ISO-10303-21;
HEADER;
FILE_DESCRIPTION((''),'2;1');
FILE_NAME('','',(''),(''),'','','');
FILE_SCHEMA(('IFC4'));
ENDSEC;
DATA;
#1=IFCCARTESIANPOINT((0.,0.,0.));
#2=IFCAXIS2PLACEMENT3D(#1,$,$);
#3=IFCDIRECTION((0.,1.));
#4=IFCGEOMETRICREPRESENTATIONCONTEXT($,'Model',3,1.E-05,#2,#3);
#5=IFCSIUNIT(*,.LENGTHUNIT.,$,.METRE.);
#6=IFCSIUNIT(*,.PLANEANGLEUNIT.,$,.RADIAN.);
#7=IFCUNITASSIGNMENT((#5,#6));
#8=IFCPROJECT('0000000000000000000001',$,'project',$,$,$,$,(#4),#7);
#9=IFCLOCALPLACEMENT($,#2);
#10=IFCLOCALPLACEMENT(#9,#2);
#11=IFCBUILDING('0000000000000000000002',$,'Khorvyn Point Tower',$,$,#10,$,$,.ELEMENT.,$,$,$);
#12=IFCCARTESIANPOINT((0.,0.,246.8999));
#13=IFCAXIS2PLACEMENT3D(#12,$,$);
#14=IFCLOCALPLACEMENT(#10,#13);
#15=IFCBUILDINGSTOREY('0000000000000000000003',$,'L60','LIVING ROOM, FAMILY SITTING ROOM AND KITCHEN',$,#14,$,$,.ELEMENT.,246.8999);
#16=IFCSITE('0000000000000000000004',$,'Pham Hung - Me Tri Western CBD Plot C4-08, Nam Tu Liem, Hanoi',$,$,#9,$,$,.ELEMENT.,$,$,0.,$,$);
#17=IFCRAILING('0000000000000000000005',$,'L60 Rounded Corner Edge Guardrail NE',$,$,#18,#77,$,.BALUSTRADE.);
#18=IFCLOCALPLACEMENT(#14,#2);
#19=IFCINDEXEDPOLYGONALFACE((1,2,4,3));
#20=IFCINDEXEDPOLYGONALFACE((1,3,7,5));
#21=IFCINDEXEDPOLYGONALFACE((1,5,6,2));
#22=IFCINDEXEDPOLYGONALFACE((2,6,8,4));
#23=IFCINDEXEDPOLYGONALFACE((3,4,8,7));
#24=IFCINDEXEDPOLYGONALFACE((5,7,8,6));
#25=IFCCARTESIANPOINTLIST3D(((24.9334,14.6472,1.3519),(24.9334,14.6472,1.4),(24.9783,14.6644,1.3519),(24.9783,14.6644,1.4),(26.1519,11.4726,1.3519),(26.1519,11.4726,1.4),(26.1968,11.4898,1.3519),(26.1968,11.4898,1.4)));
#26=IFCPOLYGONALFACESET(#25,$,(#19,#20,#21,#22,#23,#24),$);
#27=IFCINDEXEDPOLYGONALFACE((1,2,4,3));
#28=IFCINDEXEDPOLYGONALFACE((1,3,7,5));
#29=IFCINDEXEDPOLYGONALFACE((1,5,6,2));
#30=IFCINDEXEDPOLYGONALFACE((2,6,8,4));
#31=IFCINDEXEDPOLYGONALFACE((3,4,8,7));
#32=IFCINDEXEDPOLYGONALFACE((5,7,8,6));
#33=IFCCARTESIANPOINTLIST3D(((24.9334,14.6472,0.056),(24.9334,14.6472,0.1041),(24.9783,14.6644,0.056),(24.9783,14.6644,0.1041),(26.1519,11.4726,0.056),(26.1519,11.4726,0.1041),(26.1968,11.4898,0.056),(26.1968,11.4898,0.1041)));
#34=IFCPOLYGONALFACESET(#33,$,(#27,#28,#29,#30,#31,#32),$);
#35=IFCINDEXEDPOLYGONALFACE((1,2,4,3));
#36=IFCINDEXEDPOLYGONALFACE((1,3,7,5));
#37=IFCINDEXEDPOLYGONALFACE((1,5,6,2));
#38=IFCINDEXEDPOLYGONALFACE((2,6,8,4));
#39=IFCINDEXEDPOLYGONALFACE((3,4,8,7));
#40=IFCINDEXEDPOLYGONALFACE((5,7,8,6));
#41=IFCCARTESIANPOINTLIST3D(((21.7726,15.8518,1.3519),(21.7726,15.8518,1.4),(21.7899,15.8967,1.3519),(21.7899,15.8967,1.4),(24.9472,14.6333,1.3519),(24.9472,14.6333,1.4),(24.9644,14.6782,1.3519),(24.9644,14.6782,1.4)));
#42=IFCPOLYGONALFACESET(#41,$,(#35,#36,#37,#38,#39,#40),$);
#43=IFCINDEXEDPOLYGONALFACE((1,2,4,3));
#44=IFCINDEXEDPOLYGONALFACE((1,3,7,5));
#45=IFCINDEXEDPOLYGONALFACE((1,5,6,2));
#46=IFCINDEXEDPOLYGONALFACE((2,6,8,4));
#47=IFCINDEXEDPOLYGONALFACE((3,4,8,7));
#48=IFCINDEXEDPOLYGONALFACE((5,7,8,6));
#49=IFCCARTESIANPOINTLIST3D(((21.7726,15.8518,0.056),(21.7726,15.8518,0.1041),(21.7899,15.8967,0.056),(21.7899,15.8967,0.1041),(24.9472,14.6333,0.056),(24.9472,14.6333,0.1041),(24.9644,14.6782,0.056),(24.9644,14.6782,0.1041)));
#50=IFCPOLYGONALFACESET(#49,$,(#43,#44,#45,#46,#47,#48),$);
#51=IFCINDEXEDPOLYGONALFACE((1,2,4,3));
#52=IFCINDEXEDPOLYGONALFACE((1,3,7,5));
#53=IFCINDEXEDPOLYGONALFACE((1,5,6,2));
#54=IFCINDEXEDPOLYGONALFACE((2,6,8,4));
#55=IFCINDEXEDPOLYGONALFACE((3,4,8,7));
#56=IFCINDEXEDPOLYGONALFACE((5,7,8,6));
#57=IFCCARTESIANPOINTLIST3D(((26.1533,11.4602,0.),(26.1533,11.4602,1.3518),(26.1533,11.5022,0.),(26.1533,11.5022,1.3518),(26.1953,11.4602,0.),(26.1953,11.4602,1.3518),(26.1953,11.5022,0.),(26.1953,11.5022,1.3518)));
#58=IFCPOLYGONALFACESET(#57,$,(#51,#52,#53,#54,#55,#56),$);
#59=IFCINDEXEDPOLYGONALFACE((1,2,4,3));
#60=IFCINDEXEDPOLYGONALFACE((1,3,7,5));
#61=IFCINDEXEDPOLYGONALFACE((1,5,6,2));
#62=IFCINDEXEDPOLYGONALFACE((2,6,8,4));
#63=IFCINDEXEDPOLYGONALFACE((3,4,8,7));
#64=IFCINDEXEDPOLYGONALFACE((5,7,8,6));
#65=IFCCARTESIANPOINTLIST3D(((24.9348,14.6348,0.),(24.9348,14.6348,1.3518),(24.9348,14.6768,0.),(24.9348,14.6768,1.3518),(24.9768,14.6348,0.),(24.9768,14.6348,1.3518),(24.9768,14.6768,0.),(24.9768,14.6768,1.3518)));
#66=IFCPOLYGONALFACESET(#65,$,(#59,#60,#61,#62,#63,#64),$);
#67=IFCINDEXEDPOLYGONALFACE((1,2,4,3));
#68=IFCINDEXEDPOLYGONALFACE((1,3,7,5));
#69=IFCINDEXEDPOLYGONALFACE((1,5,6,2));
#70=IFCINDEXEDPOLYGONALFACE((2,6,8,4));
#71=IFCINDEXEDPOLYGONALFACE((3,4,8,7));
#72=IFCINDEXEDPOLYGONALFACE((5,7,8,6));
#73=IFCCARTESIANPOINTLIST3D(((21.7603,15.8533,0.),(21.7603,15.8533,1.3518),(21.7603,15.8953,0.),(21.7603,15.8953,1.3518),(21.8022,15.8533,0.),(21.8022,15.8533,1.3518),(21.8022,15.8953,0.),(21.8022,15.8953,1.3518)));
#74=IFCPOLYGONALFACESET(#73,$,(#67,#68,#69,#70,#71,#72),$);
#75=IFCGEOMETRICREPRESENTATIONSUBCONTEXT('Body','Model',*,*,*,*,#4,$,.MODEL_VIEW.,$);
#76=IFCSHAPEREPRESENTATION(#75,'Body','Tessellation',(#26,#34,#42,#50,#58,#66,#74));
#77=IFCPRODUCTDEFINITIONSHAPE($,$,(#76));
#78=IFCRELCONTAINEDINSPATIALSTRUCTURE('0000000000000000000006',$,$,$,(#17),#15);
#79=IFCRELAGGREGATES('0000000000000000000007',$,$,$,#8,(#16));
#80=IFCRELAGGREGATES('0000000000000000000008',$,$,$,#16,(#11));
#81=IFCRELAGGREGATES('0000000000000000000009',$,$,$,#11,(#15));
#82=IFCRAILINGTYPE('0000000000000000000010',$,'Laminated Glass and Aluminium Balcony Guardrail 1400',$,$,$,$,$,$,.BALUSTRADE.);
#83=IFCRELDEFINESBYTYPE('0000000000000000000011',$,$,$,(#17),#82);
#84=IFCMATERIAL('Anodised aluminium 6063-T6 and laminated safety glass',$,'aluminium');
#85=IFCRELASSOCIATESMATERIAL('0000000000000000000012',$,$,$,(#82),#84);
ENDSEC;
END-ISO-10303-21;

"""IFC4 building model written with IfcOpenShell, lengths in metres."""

from ifc_helpers import new_model, si_unit, direction, frame, origin, origin_2d, place, context, subcontext, project, spatial, rectangle, extrude, material, type_object, element, save


model = new_model("IFC4")

# Units and contexts
model_context = context("Model", 3, precision=1e-05, world=origin(), true_north=direction((0.0, 1.0)))
body_context = subcontext(model_context, "Body", "Model", "MODEL_VIEW")
ifc_project = project(units=[si_unit("LENGTHUNIT", "METRE"), si_unit("PLANEANGLEUNIT", "RADIAN")], contexts=[model_context])

# Site, building, storey
site_placement = place(None, origin())
site = spatial("IfcSite", under=ifc_project, at=site_placement, Name="Pham Hung - Me Tri Western CBD Plot C4-08, Nam Tu Liem, Hanoi", CompositionType="ELEMENT", RefElevation=0.0)
building_placement = place(site_placement, origin())
building = spatial("IfcBuilding", under=site, at=building_placement, Name="Khorvyn Point Tower", CompositionType="ELEMENT")
storey_placement = place(building_placement, frame((0.0, 0.0, 246.8999)))
storey = spatial("IfcBuildingStorey", under=building, at=storey_placement, Name="L60", Description="LIVING ROOM, FAMILY SITTING ROOM AND KITCHEN", CompositionType="ELEMENT", Elevation=246.8999)

# Railing
ifc_material_1 = material(Name="Anodised aluminium 6063-T6 and laminated safety glass", Category="aluminium")
railing_type = type_object("IfcRailingType", Name="Laminated Glass and Aluminium Balcony Guardrail 1400", PredefinedType="BALUSTRADE", material=ifc_material_1)
railing_placement = place(storey_placement, frame((26.1743, 11.4812, 0.0)))
element("IfcRailing", 1, at=railing_placement, inside=storey, type_object=railing_type, Name="L60 Rounded Corner Edge Guardrail NE", PredefinedType="BALUSTRADE", context=body_context, shape_type="SweptSolid", body=[
    extrude(rectangle(XDim=0.0481, YDim=0.0481, at=origin_2d()), frame((0.0, 0.0, 1.376), z_axis=(-0.358344, 0.93359, 0.0), x_axis=(-0.93359, -0.358344, 0.0)), (0.0, 0.0, 1.0), 3.4004),
    extrude(rectangle(XDim=0.0481, YDim=0.0481, at=origin_2d()), frame((0.0, 0.0, 0.0801), z_axis=(-0.358344, 0.93359, 0.0), x_axis=(-0.93359, -0.358344, 0.0)), (0.0, 0.0, 1.0), 3.4004),
    extrude(rectangle(XDim=0.0481, YDim=0.0481, at=origin_2d()), frame((-1.2185, 3.1746, 1.376), z_axis=(-0.93359, 0.358344, 0.0), x_axis=(-0.358344, -0.93359, 0.0)), (0.0, 0.0, 1.0), 3.4004),
    extrude(rectangle(XDim=0.0481, YDim=0.0481, at=origin_2d()), frame((-1.2185, 3.1746, 0.0801), z_axis=(-0.93359, 0.358344, 0.0), x_axis=(-0.358344, -0.93359, 0.0)), (0.0, 0.0, 1.0), 3.4004),
    extrude(rectangle(XDim=0.042, YDim=0.042, at=origin_2d()), origin(), (0.0, 0.0, 1.0), 1.3518),
    extrude(rectangle(XDim=0.042, YDim=0.042, at=origin_2d()), frame((-1.2185, 3.1746, 0.0)), (0.0, 0.0, 1.0), 1.3518),
    extrude(rectangle(XDim=0.042, YDim=0.042, at=origin_2d()), frame((-4.3931, 4.3931, 0.0)), (0.0, 0.0, 1.0), 1.3518),
])

save(model, "model.ifc")
